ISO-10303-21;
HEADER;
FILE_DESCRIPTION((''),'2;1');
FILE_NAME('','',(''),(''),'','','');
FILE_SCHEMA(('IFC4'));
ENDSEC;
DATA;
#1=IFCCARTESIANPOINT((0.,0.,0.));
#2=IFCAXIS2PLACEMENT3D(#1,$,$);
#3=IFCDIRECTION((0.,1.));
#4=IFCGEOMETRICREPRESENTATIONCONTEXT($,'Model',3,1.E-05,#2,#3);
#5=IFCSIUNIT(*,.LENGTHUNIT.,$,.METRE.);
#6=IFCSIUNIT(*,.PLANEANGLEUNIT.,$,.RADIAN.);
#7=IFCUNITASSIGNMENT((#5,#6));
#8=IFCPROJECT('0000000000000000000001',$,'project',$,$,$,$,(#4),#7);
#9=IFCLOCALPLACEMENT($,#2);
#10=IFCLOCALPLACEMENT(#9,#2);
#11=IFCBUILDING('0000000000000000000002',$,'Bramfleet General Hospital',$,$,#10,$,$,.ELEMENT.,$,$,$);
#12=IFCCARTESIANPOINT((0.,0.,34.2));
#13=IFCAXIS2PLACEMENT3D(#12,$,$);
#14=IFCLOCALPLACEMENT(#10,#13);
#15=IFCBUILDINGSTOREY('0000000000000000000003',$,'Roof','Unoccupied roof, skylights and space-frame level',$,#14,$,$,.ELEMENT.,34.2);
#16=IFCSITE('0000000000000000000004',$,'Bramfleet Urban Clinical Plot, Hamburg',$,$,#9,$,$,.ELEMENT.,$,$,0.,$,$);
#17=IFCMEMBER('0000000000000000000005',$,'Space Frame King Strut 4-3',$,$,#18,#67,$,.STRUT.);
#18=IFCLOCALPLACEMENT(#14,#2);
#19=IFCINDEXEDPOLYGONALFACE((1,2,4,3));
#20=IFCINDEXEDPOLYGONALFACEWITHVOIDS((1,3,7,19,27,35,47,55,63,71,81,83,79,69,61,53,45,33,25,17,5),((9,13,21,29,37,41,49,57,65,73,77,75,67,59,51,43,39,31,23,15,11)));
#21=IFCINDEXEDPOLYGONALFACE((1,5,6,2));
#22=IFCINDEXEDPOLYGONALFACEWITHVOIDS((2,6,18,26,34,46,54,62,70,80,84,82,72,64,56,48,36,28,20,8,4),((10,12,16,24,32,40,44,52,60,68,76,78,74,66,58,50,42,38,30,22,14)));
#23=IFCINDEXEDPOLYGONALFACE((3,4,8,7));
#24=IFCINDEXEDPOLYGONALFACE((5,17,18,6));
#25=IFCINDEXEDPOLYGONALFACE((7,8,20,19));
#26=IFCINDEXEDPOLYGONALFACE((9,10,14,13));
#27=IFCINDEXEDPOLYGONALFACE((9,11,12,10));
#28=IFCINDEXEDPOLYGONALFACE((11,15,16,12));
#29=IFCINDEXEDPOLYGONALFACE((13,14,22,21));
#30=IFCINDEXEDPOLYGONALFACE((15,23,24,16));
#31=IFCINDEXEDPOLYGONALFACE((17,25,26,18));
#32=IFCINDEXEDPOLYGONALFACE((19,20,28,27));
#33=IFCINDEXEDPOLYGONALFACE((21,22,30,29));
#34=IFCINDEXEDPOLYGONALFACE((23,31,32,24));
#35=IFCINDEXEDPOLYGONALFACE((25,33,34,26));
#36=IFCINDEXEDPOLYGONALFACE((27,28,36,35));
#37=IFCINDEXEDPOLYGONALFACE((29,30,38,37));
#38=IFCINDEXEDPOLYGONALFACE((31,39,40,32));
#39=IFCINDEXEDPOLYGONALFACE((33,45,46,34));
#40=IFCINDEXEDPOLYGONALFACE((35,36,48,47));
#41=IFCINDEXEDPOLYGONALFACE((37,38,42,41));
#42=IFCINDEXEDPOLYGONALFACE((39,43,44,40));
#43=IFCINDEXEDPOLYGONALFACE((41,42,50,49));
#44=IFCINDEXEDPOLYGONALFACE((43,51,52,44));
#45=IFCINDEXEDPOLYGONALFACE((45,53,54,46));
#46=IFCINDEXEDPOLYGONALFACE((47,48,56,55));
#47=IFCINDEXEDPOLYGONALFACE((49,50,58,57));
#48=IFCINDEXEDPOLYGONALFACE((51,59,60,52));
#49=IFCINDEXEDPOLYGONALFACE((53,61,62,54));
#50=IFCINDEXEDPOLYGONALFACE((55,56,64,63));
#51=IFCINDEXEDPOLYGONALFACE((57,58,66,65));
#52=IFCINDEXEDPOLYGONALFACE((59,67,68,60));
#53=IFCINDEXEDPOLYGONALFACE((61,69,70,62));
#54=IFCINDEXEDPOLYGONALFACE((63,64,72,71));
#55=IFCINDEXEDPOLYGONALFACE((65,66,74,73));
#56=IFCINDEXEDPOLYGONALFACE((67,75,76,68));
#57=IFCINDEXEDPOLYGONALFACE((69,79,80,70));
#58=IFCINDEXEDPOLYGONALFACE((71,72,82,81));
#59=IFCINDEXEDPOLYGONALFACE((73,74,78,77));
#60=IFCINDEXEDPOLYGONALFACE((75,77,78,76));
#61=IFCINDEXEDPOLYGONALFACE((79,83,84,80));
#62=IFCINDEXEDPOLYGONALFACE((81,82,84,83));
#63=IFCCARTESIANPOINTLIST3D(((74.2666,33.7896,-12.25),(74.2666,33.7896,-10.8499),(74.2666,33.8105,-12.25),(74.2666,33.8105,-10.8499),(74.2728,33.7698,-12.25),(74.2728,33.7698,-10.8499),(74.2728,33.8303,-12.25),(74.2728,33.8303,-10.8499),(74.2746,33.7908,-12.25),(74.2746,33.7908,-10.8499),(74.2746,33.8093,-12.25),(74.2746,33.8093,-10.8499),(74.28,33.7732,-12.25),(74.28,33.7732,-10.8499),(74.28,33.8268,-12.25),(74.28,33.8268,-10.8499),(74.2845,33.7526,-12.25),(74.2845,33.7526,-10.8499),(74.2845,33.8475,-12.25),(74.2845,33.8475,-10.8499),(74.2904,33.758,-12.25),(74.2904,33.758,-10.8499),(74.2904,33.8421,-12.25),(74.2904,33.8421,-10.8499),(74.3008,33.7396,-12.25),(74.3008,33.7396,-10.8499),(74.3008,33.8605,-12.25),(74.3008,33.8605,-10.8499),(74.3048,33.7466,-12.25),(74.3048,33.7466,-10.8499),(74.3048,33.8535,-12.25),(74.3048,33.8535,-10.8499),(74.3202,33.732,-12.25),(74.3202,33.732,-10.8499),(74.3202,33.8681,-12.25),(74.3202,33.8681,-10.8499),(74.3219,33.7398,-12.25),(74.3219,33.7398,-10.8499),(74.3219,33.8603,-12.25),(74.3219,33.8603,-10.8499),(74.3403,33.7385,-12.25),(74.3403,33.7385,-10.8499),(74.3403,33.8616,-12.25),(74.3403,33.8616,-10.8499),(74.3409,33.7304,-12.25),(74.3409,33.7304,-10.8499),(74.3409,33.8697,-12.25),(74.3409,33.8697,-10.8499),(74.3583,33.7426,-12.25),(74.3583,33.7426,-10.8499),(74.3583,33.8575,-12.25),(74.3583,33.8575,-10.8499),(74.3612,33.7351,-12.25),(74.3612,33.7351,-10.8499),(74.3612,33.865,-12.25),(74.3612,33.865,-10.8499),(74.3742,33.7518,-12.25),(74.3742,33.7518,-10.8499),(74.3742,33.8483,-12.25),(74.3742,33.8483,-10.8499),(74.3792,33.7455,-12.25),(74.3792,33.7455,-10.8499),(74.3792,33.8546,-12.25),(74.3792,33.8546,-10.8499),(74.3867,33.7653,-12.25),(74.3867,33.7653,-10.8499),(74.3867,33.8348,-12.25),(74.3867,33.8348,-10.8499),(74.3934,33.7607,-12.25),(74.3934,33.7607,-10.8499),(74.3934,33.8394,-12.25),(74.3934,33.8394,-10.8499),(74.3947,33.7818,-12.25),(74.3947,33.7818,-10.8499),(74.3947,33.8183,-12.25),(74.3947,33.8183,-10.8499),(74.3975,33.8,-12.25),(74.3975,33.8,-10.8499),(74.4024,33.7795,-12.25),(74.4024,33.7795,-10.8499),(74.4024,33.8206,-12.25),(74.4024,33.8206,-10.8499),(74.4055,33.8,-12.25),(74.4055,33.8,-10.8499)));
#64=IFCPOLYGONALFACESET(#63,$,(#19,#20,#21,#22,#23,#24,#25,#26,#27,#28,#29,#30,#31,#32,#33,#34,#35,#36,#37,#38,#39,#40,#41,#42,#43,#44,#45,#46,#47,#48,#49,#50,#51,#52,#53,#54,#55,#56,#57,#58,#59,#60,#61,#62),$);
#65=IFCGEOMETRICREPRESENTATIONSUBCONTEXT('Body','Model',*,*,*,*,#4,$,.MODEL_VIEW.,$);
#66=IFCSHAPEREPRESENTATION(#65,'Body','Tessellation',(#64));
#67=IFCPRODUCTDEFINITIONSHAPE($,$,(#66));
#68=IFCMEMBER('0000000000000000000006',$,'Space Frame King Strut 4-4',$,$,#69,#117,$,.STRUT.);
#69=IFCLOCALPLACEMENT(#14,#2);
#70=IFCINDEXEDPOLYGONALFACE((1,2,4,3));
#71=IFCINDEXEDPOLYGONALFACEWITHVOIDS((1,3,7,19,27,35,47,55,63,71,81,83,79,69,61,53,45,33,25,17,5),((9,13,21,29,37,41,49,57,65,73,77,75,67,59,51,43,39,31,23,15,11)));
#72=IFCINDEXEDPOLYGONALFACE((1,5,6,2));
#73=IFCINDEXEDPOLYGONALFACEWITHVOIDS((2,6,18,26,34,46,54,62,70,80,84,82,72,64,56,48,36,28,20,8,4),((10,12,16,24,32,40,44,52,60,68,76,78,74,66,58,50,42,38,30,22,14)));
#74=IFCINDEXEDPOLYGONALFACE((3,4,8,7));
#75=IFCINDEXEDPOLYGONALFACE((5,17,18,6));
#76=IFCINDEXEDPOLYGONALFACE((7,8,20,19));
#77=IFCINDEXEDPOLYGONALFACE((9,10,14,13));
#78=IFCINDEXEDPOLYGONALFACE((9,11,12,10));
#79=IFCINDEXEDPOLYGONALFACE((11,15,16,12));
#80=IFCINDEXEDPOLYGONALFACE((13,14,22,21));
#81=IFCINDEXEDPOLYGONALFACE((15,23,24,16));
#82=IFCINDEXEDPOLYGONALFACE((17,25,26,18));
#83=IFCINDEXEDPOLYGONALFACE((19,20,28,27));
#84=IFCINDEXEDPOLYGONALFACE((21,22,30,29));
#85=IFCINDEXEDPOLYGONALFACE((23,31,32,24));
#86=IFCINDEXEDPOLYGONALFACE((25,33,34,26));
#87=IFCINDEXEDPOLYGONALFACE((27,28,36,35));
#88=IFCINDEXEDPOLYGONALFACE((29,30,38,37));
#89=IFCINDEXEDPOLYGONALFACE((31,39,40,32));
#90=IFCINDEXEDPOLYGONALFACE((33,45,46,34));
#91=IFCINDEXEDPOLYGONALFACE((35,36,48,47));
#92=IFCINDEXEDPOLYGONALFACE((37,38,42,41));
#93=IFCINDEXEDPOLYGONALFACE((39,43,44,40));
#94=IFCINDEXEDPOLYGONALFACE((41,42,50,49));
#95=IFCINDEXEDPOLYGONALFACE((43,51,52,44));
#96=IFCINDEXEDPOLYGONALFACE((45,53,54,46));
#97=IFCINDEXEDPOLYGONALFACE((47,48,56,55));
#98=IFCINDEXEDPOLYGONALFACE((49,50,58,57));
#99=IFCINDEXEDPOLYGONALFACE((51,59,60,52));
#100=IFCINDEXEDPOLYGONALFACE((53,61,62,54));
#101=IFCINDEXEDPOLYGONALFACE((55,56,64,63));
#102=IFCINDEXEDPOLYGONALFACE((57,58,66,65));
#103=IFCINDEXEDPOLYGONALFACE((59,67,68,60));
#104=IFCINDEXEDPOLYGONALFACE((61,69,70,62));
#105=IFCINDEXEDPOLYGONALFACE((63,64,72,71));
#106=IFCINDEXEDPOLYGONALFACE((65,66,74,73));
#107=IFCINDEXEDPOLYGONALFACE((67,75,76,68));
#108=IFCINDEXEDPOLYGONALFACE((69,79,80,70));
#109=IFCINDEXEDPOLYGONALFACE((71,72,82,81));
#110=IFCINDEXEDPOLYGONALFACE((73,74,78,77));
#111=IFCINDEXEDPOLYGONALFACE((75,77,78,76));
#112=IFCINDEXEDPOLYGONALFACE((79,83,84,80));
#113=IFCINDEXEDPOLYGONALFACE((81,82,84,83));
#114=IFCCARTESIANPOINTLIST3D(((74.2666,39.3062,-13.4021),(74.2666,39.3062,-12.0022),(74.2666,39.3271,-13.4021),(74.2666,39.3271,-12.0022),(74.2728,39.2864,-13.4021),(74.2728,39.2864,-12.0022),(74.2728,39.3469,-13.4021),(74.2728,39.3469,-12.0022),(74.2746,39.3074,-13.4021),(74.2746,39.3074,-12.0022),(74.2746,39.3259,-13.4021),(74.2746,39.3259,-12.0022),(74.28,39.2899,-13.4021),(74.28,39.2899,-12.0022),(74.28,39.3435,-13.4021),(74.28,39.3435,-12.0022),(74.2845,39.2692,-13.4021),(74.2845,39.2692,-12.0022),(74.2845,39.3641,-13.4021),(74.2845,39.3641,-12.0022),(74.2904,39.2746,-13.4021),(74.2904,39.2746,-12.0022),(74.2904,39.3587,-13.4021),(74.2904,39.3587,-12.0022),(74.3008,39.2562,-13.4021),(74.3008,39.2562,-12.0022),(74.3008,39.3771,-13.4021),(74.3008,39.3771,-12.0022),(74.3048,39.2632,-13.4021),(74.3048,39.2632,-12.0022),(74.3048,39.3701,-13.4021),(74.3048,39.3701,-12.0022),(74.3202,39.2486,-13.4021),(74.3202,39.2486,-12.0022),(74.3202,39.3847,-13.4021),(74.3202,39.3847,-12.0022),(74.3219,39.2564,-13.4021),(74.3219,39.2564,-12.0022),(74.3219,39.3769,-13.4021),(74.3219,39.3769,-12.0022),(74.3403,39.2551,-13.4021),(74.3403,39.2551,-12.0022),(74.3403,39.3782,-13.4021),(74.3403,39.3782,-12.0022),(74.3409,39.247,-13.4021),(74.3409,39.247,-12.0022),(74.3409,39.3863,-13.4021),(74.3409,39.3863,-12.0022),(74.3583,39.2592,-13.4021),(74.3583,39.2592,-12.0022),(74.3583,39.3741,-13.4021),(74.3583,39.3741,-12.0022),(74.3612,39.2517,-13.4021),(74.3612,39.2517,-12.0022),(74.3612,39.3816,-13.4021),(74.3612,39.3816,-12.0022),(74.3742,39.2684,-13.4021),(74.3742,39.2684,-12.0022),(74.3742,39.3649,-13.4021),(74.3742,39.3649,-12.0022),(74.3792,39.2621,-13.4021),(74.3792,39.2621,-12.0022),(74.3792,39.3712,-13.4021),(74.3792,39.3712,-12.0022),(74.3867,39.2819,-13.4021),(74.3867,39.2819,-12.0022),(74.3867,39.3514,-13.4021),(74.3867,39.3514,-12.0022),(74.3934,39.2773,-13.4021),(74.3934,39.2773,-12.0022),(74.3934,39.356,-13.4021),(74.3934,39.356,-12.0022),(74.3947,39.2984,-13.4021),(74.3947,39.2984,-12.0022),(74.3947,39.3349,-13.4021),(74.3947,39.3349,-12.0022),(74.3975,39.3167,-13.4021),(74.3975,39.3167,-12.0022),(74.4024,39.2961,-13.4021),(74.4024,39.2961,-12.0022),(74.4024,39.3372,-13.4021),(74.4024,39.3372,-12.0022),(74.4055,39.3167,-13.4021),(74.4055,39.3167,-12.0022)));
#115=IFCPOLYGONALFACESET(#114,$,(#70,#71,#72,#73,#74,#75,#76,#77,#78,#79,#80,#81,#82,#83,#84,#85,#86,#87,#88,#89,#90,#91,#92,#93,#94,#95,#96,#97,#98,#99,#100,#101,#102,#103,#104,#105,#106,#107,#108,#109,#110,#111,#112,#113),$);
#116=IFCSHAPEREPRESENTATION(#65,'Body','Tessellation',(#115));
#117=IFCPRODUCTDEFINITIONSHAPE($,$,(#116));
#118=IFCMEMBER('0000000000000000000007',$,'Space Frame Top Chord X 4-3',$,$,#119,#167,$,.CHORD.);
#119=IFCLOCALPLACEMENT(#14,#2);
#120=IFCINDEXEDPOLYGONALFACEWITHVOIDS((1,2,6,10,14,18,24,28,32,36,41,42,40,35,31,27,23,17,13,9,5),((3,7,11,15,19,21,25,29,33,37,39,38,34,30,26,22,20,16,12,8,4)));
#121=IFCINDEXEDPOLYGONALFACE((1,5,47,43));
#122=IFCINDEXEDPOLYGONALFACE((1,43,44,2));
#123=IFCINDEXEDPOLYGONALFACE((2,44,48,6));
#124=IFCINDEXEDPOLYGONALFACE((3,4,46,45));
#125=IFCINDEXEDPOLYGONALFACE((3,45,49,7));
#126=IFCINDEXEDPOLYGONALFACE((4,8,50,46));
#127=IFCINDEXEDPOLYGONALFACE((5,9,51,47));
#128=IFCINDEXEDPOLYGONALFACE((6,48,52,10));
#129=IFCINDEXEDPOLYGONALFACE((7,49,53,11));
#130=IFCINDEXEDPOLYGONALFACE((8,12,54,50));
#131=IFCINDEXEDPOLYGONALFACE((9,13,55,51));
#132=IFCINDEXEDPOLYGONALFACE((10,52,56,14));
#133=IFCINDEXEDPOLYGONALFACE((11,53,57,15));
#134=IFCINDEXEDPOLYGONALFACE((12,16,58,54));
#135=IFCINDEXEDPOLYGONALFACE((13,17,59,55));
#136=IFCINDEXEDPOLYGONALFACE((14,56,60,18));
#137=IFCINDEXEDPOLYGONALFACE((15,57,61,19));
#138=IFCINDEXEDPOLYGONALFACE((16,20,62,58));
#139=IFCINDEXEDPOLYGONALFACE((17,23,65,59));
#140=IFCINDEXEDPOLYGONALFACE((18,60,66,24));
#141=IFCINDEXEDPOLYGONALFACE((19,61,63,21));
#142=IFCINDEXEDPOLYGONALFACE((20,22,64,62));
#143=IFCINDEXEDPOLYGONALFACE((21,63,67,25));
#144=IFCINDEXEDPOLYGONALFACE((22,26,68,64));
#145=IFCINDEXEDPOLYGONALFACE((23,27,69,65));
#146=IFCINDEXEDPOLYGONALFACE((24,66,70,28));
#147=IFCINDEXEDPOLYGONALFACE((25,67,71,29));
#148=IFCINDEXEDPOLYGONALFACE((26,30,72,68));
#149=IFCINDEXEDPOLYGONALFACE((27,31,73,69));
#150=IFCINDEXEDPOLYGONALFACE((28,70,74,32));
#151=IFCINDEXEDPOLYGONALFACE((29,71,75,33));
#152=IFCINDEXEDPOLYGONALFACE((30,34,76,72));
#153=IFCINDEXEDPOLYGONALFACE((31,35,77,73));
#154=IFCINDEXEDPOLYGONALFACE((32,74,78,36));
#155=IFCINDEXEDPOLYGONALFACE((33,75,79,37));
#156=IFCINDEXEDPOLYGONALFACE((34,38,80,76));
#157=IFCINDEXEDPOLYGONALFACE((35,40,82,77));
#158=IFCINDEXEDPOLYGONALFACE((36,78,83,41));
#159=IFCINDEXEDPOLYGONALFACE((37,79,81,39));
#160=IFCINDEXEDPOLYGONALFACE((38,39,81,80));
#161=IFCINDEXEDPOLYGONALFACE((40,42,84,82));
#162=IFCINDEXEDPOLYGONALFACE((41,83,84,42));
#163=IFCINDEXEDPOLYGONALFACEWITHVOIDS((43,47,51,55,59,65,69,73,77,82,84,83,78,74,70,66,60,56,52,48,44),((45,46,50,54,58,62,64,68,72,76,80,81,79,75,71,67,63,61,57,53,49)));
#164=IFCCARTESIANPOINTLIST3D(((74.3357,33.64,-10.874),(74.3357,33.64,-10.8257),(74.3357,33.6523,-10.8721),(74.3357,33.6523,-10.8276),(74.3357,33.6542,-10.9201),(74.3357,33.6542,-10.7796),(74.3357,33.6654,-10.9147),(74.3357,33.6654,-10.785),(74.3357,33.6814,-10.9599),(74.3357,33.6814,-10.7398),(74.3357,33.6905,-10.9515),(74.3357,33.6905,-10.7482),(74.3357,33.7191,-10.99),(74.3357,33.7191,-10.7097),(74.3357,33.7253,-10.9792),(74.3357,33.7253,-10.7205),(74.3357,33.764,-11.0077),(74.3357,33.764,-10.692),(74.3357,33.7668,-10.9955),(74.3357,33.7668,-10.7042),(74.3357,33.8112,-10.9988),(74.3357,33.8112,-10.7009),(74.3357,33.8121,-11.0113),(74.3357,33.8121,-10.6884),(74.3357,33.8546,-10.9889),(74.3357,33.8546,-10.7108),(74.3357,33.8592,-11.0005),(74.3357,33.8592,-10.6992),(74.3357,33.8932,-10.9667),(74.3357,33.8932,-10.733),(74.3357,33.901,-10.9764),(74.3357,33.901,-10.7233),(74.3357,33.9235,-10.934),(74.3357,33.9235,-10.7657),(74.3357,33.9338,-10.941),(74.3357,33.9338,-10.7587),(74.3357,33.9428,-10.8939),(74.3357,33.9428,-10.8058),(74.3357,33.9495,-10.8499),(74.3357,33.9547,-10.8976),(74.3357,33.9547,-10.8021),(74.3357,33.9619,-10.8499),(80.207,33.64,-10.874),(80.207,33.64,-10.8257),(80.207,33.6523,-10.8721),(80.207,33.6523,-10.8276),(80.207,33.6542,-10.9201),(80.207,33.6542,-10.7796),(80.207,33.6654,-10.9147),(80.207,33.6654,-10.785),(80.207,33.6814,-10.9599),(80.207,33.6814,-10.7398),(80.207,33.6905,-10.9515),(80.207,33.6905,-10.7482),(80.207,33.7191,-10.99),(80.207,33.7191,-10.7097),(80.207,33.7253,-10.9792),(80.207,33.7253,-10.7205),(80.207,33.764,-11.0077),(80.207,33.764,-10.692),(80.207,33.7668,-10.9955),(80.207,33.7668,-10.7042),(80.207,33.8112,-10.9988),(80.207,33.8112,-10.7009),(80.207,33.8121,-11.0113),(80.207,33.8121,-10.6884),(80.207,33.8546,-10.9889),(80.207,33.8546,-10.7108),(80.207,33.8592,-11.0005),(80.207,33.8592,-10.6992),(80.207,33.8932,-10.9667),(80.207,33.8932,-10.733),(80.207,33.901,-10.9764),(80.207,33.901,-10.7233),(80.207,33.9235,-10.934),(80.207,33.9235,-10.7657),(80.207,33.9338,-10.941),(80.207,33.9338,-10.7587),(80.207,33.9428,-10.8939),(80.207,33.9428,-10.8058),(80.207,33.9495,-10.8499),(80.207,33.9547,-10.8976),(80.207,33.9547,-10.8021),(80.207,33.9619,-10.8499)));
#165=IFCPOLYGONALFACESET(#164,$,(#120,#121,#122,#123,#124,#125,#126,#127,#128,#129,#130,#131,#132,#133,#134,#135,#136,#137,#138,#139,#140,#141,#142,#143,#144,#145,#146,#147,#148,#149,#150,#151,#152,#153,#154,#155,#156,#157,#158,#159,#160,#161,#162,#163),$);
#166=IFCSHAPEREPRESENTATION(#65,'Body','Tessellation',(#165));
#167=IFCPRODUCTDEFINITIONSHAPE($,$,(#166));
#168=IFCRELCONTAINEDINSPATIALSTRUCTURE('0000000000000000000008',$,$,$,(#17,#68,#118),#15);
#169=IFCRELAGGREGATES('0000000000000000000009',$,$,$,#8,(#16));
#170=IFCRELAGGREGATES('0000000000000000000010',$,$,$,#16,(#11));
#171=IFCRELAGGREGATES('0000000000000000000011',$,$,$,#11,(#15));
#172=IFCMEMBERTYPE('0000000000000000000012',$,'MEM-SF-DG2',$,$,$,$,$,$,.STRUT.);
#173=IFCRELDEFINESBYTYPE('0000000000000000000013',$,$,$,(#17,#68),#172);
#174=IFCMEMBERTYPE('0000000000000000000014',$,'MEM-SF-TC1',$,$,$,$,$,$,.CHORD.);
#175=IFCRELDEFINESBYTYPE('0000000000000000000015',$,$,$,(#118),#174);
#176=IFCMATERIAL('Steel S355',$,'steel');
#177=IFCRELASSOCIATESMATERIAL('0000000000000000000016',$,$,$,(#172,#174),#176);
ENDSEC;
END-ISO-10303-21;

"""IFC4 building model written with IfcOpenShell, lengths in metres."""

from ifc_helpers import new_model, si_unit, direction, frame, origin, origin_2d, place, context, subcontext, project, spatial, hollow_circle, extrude, material, material_profile, profile_set, type_object, element, save


model = new_model("IFC4")

# Units and contexts
model_context = context("Model", 3, precision=1e-05, world=origin(), true_north=direction((0.0, 1.0)))
body_context = subcontext(model_context, "Body", "Model", "MODEL_VIEW")
ifc_project = project(units=[si_unit("LENGTHUNIT", "METRE"), si_unit("PLANEANGLEUNIT", "RADIAN")], contexts=[model_context])

# Site, building, storey
site_placement = place(None, origin())
site = spatial("IfcSite", under=ifc_project, at=site_placement, Name="Bramfleet Urban Clinical Plot, Hamburg", CompositionType="ELEMENT", RefElevation=0.0)
building_placement = place(site_placement, origin())
building = spatial("IfcBuilding", under=site, at=building_placement, Name="Bramfleet General Hospital", CompositionType="ELEMENT")
storey_placement = place(building_placement, frame((0.0, 0.0, 34.2)))
storey = spatial("IfcBuildingStorey", under=building, at=storey_placement, Name="Roof", Description="Unoccupied roof, skylights and space-frame level", CompositionType="ELEMENT", Elevation=34.2)

# Members
ifc_material = material(Name="Steel S355", Category="steel")
ifc_material_profile_1 = material_profile(ifc_material, hollow_circle(Radius=0.0698, WallThickness=0.0081, at=origin_2d()), Name="CHS 139.7x8.0")
ifc_profile_set_1 = profile_set([ifc_material_profile_1], Name="Steel S355")
member_type_1 = type_object("IfcMemberType", Name="MEM-SF-DG2", PredefinedType="STRUT", material=ifc_profile_set_1)
member_1_placement = place(storey_placement, frame((74.3357, 33.8, -12.25), z_axis=(0.0, 0.0, 1.0), x_axis=(1.0, 0.0, 0.0)))
element("IfcMember", 1, at=member_1_placement, inside=storey, type_object=member_type_1, Name="Space Frame King Strut 4-3", PredefinedType="STRUT", context=body_context, shape_type="SweptSolid", body=[
    extrude(hollow_circle(Radius=0.0698, WallThickness=0.0081, at=origin_2d()), origin(), (0.0, 0.0, 1.0), 1.4001),
])
member_2_placement = place(storey_placement, frame((74.3357, 39.3167, -13.4021), z_axis=(0.0, 0.0, 1.0), x_axis=(1.0, 0.0, 0.0)))
element("IfcMember", 2, at=member_2_placement, inside=storey, type_object=member_type_1, Name="Space Frame King Strut 4-4", PredefinedType="STRUT", context=body_context, shape_type="SweptSolid", body=[
    extrude(hollow_circle(Radius=0.0698, WallThickness=0.0081, at=origin_2d()), origin(), (0.0, 0.0, 1.0), 1.3999),
])
ifc_material_profile_2 = material_profile(ifc_material, hollow_circle(Radius=0.1619, WallThickness=0.0125, at=origin_2d()), Name="CHS 323.9x12.5")
ifc_profile_set_2 = profile_set([ifc_material_profile_2], Name="Steel S355")
member_type_2 = type_object("IfcMemberType", Name="MEM-SF-TC1", PredefinedType="CHORD", material=ifc_profile_set_2)
member_3_placement = place(storey_placement, frame((74.3357, 33.8, -10.8499), z_axis=(1.0, 0.0, 0.0), x_axis=(0.0, 1.0, 0.0)))
element("IfcMember", 3, at=member_3_placement, inside=storey, type_object=member_type_2, Name="Space Frame Top Chord X 4-3", PredefinedType="CHORD", context=body_context, shape_type="SweptSolid", body=[
    extrude(hollow_circle(Radius=0.1619, WallThickness=0.0125, at=origin_2d()), origin(), (0.0, 0.0, 1.0), 5.8713),
])

save(model, "model.ifc")
